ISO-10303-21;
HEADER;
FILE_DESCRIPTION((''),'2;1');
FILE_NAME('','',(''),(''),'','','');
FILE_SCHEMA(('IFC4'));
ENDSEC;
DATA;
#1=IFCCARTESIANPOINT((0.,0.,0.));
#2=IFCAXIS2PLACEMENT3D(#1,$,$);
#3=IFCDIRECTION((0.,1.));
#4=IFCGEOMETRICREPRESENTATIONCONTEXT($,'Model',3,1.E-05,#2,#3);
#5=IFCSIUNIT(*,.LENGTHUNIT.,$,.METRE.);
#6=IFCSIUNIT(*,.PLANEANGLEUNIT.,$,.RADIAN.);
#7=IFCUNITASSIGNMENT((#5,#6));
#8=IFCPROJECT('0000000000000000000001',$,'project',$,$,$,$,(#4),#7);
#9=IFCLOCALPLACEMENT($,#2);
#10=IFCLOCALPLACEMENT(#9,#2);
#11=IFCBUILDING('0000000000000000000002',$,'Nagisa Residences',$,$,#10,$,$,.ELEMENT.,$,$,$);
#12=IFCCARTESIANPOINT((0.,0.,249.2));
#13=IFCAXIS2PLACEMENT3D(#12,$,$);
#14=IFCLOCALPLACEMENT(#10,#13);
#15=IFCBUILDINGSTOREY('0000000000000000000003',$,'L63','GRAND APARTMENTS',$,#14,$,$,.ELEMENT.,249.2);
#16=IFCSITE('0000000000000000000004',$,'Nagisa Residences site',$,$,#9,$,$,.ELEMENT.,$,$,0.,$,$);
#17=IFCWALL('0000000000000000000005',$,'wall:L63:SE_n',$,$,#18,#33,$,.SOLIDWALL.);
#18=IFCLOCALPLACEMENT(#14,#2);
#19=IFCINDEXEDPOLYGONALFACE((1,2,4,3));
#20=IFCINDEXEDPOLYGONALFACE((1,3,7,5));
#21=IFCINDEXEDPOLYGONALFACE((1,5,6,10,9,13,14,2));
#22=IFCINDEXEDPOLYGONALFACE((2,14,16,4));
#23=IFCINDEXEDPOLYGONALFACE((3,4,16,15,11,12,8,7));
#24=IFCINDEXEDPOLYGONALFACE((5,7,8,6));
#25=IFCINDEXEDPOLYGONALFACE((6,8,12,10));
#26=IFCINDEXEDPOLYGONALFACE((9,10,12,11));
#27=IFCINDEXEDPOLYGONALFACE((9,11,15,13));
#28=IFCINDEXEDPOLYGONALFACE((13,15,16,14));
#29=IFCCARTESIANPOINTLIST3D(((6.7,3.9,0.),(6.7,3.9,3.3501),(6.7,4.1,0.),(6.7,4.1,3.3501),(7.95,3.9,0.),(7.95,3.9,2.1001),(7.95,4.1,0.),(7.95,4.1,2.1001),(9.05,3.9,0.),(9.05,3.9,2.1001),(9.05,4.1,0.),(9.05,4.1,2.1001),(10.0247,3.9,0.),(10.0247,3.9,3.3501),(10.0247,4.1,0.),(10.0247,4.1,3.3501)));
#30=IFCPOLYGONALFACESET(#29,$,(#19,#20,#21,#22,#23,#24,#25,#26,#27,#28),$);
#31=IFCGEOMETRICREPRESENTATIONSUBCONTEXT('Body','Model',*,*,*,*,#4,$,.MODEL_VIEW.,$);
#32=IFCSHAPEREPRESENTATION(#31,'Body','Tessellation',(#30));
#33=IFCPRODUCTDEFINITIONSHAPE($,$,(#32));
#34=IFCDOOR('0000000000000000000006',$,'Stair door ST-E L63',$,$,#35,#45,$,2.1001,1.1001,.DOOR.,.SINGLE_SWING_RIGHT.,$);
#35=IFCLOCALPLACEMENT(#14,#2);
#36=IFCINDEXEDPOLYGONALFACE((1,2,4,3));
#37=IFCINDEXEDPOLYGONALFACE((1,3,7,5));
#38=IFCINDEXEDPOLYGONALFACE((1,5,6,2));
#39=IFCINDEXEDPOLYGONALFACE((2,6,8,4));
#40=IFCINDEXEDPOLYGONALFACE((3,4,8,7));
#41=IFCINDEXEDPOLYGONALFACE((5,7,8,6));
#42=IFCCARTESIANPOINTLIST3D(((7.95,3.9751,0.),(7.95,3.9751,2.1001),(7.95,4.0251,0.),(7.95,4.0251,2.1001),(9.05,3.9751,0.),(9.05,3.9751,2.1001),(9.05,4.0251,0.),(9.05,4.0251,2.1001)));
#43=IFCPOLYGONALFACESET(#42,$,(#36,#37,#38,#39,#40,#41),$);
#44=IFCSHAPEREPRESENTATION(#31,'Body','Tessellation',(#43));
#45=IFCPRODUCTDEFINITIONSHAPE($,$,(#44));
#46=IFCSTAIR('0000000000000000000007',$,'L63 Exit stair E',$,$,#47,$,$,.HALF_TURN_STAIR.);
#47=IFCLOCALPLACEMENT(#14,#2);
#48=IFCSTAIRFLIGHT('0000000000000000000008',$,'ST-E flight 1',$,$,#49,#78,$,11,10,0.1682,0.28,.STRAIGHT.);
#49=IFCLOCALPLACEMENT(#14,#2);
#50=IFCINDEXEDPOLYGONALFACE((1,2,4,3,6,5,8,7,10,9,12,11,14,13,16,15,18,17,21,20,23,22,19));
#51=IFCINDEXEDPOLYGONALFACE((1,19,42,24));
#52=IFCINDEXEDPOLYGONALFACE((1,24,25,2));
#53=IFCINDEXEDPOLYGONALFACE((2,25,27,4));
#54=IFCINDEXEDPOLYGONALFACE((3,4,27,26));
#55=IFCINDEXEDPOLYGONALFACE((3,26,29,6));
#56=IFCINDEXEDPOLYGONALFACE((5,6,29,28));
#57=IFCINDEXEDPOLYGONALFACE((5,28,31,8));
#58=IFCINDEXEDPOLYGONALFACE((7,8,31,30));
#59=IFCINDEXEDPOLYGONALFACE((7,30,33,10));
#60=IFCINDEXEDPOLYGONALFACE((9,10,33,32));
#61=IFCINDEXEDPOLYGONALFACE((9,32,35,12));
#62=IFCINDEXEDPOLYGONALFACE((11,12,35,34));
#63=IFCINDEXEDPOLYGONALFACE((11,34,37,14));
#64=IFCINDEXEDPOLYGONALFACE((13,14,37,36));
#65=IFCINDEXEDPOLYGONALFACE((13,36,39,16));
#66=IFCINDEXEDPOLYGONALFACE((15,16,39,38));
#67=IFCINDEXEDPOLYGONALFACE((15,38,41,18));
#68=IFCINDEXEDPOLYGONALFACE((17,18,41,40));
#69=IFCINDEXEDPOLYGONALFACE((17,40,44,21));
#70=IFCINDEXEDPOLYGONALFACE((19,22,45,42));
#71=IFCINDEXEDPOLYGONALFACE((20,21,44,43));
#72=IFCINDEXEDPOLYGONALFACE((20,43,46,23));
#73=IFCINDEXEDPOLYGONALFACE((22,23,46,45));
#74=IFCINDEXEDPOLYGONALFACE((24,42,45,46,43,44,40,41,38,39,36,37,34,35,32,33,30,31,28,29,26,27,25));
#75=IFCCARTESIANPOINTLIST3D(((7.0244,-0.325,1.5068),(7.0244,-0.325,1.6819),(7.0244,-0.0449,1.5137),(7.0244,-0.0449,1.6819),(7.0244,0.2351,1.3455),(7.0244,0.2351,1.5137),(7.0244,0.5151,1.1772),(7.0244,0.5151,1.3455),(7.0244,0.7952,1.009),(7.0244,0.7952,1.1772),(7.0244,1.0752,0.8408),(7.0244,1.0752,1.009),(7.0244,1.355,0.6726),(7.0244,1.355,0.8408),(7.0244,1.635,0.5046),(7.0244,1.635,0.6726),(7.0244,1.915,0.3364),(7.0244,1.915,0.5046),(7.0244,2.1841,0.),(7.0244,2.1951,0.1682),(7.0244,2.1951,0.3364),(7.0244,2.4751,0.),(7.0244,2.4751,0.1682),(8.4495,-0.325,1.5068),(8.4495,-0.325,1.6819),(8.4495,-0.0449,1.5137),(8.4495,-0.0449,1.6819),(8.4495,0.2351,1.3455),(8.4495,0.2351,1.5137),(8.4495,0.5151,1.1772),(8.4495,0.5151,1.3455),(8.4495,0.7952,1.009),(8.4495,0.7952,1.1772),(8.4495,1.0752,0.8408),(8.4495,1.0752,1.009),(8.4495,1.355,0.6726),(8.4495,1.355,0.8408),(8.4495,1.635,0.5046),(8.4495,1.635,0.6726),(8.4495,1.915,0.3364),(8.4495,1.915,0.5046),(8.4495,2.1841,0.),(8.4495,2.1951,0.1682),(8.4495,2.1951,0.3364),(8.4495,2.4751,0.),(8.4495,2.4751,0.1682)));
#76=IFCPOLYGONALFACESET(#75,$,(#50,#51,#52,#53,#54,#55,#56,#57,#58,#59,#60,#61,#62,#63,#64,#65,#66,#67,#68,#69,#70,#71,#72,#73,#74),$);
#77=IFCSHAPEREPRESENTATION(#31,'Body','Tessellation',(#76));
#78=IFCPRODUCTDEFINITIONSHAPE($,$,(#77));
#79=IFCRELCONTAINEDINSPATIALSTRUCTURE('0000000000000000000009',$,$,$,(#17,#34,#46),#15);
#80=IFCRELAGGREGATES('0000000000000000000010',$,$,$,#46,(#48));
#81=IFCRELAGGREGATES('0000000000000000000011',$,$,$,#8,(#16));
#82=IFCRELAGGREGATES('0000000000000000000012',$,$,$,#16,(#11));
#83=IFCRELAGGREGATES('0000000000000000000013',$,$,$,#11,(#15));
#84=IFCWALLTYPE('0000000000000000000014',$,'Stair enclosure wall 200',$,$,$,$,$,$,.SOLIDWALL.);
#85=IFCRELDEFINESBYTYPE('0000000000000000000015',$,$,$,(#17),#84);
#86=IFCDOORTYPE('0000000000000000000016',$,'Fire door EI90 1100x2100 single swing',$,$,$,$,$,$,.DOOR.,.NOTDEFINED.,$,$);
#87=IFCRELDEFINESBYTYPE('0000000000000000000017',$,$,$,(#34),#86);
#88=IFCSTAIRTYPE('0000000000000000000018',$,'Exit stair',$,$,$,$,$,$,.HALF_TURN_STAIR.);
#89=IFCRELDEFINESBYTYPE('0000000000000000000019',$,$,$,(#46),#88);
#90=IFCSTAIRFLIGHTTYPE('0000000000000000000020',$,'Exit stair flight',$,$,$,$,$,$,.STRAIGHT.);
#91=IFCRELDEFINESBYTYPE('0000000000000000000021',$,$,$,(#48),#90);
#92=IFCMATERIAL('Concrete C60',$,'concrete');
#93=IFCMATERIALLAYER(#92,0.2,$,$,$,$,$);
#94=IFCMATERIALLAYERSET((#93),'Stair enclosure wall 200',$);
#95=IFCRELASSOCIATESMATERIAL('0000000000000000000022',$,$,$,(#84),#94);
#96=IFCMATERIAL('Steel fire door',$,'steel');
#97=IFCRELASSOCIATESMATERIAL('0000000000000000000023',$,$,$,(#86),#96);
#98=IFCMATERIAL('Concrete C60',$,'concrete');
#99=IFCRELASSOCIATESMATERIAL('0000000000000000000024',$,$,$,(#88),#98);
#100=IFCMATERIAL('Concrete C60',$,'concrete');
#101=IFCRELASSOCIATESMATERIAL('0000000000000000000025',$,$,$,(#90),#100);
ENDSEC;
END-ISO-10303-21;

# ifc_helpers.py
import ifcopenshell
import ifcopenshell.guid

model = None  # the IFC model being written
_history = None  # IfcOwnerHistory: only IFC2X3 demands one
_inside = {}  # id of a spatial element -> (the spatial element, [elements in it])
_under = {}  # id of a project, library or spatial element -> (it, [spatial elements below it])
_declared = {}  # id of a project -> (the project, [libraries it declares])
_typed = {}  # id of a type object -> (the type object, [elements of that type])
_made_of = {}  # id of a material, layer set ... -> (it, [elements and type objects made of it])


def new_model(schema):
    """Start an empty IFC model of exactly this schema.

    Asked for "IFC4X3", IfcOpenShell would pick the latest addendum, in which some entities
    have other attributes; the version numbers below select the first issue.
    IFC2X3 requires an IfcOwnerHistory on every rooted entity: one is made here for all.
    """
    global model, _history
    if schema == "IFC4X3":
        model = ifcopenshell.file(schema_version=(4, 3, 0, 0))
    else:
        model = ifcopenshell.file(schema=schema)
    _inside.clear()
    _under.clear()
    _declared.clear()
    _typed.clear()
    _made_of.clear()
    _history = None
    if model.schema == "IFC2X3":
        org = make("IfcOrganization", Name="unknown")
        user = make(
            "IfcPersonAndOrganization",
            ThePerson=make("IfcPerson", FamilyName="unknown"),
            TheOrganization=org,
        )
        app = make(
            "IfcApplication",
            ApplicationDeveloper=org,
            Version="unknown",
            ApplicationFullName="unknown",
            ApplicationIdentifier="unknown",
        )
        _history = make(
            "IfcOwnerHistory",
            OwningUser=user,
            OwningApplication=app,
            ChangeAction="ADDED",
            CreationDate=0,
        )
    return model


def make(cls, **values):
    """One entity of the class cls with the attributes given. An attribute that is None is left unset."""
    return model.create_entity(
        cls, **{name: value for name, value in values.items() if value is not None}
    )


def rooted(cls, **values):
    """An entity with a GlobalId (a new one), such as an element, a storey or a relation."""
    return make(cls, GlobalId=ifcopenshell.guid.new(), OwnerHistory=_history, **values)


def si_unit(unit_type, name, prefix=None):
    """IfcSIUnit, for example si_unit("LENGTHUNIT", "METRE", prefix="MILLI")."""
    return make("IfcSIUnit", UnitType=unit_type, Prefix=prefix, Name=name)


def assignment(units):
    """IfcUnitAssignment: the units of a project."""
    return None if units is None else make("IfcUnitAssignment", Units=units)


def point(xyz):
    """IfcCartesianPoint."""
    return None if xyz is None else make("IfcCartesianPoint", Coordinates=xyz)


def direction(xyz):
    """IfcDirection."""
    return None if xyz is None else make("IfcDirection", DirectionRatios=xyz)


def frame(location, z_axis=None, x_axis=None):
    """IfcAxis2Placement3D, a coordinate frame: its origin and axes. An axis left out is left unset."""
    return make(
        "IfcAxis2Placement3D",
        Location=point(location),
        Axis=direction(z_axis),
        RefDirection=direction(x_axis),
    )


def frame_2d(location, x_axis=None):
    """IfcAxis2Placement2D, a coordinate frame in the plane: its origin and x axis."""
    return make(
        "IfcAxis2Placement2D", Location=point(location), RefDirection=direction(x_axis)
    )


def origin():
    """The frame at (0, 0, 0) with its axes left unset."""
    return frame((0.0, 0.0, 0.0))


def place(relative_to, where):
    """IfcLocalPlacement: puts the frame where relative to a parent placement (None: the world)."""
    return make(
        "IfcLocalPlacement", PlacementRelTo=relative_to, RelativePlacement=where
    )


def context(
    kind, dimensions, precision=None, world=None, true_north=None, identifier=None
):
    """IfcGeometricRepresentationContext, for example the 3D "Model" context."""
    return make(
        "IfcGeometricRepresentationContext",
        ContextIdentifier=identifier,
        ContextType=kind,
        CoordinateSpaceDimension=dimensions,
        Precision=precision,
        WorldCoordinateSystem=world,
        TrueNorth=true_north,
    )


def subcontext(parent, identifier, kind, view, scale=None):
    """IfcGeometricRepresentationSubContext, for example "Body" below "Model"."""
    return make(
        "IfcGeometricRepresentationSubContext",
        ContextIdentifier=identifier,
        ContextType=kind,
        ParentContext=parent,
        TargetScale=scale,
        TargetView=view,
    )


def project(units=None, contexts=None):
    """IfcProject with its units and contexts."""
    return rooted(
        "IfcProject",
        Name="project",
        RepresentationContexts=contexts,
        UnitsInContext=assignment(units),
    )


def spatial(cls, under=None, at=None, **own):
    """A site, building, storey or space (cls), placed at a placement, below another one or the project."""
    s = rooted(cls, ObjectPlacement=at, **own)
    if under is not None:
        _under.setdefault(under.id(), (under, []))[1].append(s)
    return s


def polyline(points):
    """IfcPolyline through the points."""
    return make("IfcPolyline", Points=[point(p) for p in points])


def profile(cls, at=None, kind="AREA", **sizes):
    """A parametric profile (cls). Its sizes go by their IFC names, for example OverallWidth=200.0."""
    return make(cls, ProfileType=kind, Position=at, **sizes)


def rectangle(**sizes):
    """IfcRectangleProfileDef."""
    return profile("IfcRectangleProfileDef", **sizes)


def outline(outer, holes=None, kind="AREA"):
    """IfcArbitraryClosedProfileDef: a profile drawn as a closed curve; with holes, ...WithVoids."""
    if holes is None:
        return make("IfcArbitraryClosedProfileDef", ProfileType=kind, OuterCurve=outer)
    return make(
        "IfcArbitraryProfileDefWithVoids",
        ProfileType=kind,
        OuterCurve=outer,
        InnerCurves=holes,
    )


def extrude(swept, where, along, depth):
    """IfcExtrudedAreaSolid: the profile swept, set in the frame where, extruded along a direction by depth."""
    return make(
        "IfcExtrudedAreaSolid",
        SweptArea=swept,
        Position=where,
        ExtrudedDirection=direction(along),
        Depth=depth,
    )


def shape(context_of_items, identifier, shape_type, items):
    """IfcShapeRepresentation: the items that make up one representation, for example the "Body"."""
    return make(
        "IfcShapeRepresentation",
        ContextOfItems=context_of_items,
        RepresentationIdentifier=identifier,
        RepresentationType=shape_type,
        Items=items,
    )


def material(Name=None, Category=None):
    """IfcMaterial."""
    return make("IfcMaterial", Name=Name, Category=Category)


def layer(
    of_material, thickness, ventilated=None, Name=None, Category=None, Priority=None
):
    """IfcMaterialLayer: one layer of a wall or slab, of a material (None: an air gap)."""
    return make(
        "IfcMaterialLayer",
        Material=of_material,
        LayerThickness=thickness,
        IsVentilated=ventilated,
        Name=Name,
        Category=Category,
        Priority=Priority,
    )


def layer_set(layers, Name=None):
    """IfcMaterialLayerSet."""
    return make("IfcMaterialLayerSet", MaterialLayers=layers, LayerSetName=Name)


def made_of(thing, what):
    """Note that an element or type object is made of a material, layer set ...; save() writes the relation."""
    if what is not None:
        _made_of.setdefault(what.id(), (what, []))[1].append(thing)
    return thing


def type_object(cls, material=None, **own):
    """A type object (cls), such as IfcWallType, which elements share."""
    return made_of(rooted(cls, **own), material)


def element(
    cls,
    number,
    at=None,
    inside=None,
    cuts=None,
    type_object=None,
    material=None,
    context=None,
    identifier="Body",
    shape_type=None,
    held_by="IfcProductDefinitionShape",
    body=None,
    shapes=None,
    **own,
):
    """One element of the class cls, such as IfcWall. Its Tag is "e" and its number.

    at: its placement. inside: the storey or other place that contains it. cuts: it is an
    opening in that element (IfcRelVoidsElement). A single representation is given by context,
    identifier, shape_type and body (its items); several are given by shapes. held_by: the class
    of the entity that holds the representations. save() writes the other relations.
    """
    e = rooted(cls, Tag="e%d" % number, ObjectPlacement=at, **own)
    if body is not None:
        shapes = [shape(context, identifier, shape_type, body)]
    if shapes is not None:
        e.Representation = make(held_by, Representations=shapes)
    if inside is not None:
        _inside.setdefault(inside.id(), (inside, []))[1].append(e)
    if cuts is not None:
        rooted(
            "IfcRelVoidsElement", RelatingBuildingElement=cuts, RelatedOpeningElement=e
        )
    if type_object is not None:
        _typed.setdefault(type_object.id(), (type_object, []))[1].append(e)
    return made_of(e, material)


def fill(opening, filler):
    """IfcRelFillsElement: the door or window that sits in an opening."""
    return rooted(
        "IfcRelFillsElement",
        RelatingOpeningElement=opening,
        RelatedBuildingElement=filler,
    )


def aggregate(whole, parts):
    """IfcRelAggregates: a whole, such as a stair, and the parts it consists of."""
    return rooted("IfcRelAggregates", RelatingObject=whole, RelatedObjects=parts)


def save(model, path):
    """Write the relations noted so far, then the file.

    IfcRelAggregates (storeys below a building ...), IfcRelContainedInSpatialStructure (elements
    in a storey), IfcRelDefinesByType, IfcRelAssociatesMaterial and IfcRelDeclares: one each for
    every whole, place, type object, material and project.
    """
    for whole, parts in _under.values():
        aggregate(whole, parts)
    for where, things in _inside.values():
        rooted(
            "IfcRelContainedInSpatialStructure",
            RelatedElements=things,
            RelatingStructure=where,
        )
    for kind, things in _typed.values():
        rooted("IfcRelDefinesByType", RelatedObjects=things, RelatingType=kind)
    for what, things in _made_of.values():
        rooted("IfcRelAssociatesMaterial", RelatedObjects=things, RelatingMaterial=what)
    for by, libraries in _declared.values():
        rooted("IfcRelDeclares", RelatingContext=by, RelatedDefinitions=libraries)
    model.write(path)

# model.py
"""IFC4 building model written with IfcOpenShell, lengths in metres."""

from ifc_helpers import new_model, si_unit, direction, frame, frame_2d, origin, place, context, subcontext, project, spatial, polyline, rectangle, outline, extrude, material, layer, layer_set, type_object, element, fill, aggregate, save


model = new_model("IFC4")

# Units and contexts
model_context = context("Model", 3, precision=1e-05, world=origin(), true_north=direction((0.0, 1.0)))
body_context = subcontext(model_context, "Body", "Model", "MODEL_VIEW")
ifc_project = project(units=[si_unit("LENGTHUNIT", "METRE"), si_unit("PLANEANGLEUNIT", "RADIAN")], contexts=[model_context])

# Site, building, storey
site_placement = place(None, origin())
site = spatial("IfcSite", under=ifc_project, at=site_placement, Name="Nagisa Residences site", CompositionType="ELEMENT", RefElevation=0.0)
building_placement = place(site_placement, origin())
building = spatial("IfcBuilding", under=site, at=building_placement, Name="Nagisa Residences", CompositionType="ELEMENT")
storey_placement = place(building_placement, frame((0.0, 0.0, 249.2)))
storey = spatial("IfcBuildingStorey", under=building, at=storey_placement, Name="L63", Description="GRAND APARTMENTS", CompositionType="ELEMENT", Elevation=249.2)

# Wall, opening, door
ifc_material_1 = material(Name="Concrete C60", Category="concrete")
ifc_layer_1 = layer(ifc_material_1, 0.2)
ifc_layer_set_1 = layer_set([ifc_layer_1], Name="Stair enclosure wall 200")
wall_type_1 = type_object("IfcWallType", Name="Stair enclosure wall 200", PredefinedType="SOLIDWALL", material=ifc_layer_set_1)
wall_1_placement = place(storey_placement, frame((6.7, 4.0, 0.0), z_axis=(0.0, 0.0, 1.0), x_axis=(1.0, 0.0, 0.0)))
wall_1 = element("IfcWall", 1, at=wall_1_placement, inside=storey, type_object=wall_type_1, Name="wall:L63:SE_n", PredefinedType="SOLIDWALL", context=body_context, shape_type="SweptSolid", body=[
    extrude(rectangle(XDim=3.3247, YDim=0.2, at=frame_2d((1.6624, 0.0))), origin(), (0.0, 0.0, 1.0), 3.3501),
])
opening_1_placement = place(wall_1_placement, frame((1.25, 0.0, 0.0)))
opening_1 = element("IfcOpeningElement", 2, at=opening_1_placement, cuts=wall_1, PredefinedType="OPENING", context=body_context, shape_type="SweptSolid", body=[
    extrude(rectangle(XDim=1.1001, YDim=2.1001, at=frame_2d((0.55, 1.05))), frame((0.0, 0.1099, 0.0), z_axis=(0.0, -1.0, 0.0), x_axis=(1.0, 0.0, 0.0)), (0.0, 0.0, 1.0), 0.22),
])
ifc_material_2 = material(Name="Steel fire door", Category="steel")
door_type_1 = type_object("IfcDoorType", Name="Fire door EI90 1100x2100 single swing", OperationType="NOTDEFINED", PredefinedType="DOOR", material=ifc_material_2)
door_1_placement = place(opening_1_placement, frame((1.1001, 0.0, 0.0), x_axis=(-1.0, 0.0, 0.0)))
door_1 = element("IfcDoor", 3, at=door_1_placement, inside=storey, type_object=door_type_1, Name="Stair door ST-E L63", OperationType="SINGLE_SWING_RIGHT", OverallHeight=2.1001, OverallWidth=1.1001, PredefinedType="DOOR", context=body_context, shape_type="SweptSolid", body=[
    extrude(rectangle(XDim=1.1001, YDim=2.1001, at=frame_2d((0.55, 1.05))), frame((0.0, 0.0249, 0.0), z_axis=(0.0, -1.0, 0.0), x_axis=(1.0, 0.0, 0.0)), (0.0, 0.0, 1.0), 0.05),
])
fill(opening_1, door_1)

# Stair, stair flight
ifc_material_3 = material(Name="Concrete C60", Category="concrete")
stair_type = type_object("IfcStairType", Name="Exit stair", PredefinedType="HALF_TURN_STAIR", material=ifc_material_3)
stair_placement = place(storey_placement, origin())
stair = element("IfcStair", 4, at=stair_placement, inside=storey, type_object=stair_type, Name="L63 Exit stair E", PredefinedType="HALF_TURN_STAIR")
ifc_material_4 = material(Name="Concrete C60", Category="concrete")
stair_flight_type = type_object("IfcStairFlightType", Name="Exit stair flight", PredefinedType="STRAIGHT", material=ifc_material_4)
stair_flight_placement = place(storey_placement, frame((7.7371, 2.4751, 0.0), z_axis=(0.0, 0.0, 1.0), x_axis=(0.0, -1.0, 0.0)))
stair_flight = element("IfcStairFlight", 5, at=stair_flight_placement, type_object=stair_flight_type, Name="ST-E flight 1", NumberOfRisers=11, NumberOfTreads=10, PredefinedType="STRAIGHT", RiserHeight=0.1682, TreadLength=0.28, context=body_context, shape_type="SweptSolid", body=[
    extrude(outline(polyline([(0.0, 0.0), (0.0, 0.1682), (0.28, 0.1682), (0.28, 0.3364), (0.5601, 0.3364), (0.5601, 0.5046), (0.8401, 0.5046), (0.8401, 0.6726), (1.1201, 0.6726), (1.1201, 0.8408), (1.3999, 0.8408), (1.3999, 1.009), (1.6799, 1.009), (1.6799, 1.1772), (1.96, 1.1772), (1.96, 1.3455), (2.24, 1.3455), (2.24, 1.5137), (2.52, 1.5137), (2.52, 1.6819), (2.8, 1.6819), (2.8, 1.8501), (2.8, 1.5068), (0.291, 0.0), (0.0, 0.0)])), frame((0.0, 0.7124, 0.0), z_axis=(0.0, -1.0, 0.0), x_axis=(1.0, 0.0, 0.0)), (0.0, 0.0, 1.0), 1.425),
])
aggregate(stair, [stair_flight])

save(model, "model.ifc")
